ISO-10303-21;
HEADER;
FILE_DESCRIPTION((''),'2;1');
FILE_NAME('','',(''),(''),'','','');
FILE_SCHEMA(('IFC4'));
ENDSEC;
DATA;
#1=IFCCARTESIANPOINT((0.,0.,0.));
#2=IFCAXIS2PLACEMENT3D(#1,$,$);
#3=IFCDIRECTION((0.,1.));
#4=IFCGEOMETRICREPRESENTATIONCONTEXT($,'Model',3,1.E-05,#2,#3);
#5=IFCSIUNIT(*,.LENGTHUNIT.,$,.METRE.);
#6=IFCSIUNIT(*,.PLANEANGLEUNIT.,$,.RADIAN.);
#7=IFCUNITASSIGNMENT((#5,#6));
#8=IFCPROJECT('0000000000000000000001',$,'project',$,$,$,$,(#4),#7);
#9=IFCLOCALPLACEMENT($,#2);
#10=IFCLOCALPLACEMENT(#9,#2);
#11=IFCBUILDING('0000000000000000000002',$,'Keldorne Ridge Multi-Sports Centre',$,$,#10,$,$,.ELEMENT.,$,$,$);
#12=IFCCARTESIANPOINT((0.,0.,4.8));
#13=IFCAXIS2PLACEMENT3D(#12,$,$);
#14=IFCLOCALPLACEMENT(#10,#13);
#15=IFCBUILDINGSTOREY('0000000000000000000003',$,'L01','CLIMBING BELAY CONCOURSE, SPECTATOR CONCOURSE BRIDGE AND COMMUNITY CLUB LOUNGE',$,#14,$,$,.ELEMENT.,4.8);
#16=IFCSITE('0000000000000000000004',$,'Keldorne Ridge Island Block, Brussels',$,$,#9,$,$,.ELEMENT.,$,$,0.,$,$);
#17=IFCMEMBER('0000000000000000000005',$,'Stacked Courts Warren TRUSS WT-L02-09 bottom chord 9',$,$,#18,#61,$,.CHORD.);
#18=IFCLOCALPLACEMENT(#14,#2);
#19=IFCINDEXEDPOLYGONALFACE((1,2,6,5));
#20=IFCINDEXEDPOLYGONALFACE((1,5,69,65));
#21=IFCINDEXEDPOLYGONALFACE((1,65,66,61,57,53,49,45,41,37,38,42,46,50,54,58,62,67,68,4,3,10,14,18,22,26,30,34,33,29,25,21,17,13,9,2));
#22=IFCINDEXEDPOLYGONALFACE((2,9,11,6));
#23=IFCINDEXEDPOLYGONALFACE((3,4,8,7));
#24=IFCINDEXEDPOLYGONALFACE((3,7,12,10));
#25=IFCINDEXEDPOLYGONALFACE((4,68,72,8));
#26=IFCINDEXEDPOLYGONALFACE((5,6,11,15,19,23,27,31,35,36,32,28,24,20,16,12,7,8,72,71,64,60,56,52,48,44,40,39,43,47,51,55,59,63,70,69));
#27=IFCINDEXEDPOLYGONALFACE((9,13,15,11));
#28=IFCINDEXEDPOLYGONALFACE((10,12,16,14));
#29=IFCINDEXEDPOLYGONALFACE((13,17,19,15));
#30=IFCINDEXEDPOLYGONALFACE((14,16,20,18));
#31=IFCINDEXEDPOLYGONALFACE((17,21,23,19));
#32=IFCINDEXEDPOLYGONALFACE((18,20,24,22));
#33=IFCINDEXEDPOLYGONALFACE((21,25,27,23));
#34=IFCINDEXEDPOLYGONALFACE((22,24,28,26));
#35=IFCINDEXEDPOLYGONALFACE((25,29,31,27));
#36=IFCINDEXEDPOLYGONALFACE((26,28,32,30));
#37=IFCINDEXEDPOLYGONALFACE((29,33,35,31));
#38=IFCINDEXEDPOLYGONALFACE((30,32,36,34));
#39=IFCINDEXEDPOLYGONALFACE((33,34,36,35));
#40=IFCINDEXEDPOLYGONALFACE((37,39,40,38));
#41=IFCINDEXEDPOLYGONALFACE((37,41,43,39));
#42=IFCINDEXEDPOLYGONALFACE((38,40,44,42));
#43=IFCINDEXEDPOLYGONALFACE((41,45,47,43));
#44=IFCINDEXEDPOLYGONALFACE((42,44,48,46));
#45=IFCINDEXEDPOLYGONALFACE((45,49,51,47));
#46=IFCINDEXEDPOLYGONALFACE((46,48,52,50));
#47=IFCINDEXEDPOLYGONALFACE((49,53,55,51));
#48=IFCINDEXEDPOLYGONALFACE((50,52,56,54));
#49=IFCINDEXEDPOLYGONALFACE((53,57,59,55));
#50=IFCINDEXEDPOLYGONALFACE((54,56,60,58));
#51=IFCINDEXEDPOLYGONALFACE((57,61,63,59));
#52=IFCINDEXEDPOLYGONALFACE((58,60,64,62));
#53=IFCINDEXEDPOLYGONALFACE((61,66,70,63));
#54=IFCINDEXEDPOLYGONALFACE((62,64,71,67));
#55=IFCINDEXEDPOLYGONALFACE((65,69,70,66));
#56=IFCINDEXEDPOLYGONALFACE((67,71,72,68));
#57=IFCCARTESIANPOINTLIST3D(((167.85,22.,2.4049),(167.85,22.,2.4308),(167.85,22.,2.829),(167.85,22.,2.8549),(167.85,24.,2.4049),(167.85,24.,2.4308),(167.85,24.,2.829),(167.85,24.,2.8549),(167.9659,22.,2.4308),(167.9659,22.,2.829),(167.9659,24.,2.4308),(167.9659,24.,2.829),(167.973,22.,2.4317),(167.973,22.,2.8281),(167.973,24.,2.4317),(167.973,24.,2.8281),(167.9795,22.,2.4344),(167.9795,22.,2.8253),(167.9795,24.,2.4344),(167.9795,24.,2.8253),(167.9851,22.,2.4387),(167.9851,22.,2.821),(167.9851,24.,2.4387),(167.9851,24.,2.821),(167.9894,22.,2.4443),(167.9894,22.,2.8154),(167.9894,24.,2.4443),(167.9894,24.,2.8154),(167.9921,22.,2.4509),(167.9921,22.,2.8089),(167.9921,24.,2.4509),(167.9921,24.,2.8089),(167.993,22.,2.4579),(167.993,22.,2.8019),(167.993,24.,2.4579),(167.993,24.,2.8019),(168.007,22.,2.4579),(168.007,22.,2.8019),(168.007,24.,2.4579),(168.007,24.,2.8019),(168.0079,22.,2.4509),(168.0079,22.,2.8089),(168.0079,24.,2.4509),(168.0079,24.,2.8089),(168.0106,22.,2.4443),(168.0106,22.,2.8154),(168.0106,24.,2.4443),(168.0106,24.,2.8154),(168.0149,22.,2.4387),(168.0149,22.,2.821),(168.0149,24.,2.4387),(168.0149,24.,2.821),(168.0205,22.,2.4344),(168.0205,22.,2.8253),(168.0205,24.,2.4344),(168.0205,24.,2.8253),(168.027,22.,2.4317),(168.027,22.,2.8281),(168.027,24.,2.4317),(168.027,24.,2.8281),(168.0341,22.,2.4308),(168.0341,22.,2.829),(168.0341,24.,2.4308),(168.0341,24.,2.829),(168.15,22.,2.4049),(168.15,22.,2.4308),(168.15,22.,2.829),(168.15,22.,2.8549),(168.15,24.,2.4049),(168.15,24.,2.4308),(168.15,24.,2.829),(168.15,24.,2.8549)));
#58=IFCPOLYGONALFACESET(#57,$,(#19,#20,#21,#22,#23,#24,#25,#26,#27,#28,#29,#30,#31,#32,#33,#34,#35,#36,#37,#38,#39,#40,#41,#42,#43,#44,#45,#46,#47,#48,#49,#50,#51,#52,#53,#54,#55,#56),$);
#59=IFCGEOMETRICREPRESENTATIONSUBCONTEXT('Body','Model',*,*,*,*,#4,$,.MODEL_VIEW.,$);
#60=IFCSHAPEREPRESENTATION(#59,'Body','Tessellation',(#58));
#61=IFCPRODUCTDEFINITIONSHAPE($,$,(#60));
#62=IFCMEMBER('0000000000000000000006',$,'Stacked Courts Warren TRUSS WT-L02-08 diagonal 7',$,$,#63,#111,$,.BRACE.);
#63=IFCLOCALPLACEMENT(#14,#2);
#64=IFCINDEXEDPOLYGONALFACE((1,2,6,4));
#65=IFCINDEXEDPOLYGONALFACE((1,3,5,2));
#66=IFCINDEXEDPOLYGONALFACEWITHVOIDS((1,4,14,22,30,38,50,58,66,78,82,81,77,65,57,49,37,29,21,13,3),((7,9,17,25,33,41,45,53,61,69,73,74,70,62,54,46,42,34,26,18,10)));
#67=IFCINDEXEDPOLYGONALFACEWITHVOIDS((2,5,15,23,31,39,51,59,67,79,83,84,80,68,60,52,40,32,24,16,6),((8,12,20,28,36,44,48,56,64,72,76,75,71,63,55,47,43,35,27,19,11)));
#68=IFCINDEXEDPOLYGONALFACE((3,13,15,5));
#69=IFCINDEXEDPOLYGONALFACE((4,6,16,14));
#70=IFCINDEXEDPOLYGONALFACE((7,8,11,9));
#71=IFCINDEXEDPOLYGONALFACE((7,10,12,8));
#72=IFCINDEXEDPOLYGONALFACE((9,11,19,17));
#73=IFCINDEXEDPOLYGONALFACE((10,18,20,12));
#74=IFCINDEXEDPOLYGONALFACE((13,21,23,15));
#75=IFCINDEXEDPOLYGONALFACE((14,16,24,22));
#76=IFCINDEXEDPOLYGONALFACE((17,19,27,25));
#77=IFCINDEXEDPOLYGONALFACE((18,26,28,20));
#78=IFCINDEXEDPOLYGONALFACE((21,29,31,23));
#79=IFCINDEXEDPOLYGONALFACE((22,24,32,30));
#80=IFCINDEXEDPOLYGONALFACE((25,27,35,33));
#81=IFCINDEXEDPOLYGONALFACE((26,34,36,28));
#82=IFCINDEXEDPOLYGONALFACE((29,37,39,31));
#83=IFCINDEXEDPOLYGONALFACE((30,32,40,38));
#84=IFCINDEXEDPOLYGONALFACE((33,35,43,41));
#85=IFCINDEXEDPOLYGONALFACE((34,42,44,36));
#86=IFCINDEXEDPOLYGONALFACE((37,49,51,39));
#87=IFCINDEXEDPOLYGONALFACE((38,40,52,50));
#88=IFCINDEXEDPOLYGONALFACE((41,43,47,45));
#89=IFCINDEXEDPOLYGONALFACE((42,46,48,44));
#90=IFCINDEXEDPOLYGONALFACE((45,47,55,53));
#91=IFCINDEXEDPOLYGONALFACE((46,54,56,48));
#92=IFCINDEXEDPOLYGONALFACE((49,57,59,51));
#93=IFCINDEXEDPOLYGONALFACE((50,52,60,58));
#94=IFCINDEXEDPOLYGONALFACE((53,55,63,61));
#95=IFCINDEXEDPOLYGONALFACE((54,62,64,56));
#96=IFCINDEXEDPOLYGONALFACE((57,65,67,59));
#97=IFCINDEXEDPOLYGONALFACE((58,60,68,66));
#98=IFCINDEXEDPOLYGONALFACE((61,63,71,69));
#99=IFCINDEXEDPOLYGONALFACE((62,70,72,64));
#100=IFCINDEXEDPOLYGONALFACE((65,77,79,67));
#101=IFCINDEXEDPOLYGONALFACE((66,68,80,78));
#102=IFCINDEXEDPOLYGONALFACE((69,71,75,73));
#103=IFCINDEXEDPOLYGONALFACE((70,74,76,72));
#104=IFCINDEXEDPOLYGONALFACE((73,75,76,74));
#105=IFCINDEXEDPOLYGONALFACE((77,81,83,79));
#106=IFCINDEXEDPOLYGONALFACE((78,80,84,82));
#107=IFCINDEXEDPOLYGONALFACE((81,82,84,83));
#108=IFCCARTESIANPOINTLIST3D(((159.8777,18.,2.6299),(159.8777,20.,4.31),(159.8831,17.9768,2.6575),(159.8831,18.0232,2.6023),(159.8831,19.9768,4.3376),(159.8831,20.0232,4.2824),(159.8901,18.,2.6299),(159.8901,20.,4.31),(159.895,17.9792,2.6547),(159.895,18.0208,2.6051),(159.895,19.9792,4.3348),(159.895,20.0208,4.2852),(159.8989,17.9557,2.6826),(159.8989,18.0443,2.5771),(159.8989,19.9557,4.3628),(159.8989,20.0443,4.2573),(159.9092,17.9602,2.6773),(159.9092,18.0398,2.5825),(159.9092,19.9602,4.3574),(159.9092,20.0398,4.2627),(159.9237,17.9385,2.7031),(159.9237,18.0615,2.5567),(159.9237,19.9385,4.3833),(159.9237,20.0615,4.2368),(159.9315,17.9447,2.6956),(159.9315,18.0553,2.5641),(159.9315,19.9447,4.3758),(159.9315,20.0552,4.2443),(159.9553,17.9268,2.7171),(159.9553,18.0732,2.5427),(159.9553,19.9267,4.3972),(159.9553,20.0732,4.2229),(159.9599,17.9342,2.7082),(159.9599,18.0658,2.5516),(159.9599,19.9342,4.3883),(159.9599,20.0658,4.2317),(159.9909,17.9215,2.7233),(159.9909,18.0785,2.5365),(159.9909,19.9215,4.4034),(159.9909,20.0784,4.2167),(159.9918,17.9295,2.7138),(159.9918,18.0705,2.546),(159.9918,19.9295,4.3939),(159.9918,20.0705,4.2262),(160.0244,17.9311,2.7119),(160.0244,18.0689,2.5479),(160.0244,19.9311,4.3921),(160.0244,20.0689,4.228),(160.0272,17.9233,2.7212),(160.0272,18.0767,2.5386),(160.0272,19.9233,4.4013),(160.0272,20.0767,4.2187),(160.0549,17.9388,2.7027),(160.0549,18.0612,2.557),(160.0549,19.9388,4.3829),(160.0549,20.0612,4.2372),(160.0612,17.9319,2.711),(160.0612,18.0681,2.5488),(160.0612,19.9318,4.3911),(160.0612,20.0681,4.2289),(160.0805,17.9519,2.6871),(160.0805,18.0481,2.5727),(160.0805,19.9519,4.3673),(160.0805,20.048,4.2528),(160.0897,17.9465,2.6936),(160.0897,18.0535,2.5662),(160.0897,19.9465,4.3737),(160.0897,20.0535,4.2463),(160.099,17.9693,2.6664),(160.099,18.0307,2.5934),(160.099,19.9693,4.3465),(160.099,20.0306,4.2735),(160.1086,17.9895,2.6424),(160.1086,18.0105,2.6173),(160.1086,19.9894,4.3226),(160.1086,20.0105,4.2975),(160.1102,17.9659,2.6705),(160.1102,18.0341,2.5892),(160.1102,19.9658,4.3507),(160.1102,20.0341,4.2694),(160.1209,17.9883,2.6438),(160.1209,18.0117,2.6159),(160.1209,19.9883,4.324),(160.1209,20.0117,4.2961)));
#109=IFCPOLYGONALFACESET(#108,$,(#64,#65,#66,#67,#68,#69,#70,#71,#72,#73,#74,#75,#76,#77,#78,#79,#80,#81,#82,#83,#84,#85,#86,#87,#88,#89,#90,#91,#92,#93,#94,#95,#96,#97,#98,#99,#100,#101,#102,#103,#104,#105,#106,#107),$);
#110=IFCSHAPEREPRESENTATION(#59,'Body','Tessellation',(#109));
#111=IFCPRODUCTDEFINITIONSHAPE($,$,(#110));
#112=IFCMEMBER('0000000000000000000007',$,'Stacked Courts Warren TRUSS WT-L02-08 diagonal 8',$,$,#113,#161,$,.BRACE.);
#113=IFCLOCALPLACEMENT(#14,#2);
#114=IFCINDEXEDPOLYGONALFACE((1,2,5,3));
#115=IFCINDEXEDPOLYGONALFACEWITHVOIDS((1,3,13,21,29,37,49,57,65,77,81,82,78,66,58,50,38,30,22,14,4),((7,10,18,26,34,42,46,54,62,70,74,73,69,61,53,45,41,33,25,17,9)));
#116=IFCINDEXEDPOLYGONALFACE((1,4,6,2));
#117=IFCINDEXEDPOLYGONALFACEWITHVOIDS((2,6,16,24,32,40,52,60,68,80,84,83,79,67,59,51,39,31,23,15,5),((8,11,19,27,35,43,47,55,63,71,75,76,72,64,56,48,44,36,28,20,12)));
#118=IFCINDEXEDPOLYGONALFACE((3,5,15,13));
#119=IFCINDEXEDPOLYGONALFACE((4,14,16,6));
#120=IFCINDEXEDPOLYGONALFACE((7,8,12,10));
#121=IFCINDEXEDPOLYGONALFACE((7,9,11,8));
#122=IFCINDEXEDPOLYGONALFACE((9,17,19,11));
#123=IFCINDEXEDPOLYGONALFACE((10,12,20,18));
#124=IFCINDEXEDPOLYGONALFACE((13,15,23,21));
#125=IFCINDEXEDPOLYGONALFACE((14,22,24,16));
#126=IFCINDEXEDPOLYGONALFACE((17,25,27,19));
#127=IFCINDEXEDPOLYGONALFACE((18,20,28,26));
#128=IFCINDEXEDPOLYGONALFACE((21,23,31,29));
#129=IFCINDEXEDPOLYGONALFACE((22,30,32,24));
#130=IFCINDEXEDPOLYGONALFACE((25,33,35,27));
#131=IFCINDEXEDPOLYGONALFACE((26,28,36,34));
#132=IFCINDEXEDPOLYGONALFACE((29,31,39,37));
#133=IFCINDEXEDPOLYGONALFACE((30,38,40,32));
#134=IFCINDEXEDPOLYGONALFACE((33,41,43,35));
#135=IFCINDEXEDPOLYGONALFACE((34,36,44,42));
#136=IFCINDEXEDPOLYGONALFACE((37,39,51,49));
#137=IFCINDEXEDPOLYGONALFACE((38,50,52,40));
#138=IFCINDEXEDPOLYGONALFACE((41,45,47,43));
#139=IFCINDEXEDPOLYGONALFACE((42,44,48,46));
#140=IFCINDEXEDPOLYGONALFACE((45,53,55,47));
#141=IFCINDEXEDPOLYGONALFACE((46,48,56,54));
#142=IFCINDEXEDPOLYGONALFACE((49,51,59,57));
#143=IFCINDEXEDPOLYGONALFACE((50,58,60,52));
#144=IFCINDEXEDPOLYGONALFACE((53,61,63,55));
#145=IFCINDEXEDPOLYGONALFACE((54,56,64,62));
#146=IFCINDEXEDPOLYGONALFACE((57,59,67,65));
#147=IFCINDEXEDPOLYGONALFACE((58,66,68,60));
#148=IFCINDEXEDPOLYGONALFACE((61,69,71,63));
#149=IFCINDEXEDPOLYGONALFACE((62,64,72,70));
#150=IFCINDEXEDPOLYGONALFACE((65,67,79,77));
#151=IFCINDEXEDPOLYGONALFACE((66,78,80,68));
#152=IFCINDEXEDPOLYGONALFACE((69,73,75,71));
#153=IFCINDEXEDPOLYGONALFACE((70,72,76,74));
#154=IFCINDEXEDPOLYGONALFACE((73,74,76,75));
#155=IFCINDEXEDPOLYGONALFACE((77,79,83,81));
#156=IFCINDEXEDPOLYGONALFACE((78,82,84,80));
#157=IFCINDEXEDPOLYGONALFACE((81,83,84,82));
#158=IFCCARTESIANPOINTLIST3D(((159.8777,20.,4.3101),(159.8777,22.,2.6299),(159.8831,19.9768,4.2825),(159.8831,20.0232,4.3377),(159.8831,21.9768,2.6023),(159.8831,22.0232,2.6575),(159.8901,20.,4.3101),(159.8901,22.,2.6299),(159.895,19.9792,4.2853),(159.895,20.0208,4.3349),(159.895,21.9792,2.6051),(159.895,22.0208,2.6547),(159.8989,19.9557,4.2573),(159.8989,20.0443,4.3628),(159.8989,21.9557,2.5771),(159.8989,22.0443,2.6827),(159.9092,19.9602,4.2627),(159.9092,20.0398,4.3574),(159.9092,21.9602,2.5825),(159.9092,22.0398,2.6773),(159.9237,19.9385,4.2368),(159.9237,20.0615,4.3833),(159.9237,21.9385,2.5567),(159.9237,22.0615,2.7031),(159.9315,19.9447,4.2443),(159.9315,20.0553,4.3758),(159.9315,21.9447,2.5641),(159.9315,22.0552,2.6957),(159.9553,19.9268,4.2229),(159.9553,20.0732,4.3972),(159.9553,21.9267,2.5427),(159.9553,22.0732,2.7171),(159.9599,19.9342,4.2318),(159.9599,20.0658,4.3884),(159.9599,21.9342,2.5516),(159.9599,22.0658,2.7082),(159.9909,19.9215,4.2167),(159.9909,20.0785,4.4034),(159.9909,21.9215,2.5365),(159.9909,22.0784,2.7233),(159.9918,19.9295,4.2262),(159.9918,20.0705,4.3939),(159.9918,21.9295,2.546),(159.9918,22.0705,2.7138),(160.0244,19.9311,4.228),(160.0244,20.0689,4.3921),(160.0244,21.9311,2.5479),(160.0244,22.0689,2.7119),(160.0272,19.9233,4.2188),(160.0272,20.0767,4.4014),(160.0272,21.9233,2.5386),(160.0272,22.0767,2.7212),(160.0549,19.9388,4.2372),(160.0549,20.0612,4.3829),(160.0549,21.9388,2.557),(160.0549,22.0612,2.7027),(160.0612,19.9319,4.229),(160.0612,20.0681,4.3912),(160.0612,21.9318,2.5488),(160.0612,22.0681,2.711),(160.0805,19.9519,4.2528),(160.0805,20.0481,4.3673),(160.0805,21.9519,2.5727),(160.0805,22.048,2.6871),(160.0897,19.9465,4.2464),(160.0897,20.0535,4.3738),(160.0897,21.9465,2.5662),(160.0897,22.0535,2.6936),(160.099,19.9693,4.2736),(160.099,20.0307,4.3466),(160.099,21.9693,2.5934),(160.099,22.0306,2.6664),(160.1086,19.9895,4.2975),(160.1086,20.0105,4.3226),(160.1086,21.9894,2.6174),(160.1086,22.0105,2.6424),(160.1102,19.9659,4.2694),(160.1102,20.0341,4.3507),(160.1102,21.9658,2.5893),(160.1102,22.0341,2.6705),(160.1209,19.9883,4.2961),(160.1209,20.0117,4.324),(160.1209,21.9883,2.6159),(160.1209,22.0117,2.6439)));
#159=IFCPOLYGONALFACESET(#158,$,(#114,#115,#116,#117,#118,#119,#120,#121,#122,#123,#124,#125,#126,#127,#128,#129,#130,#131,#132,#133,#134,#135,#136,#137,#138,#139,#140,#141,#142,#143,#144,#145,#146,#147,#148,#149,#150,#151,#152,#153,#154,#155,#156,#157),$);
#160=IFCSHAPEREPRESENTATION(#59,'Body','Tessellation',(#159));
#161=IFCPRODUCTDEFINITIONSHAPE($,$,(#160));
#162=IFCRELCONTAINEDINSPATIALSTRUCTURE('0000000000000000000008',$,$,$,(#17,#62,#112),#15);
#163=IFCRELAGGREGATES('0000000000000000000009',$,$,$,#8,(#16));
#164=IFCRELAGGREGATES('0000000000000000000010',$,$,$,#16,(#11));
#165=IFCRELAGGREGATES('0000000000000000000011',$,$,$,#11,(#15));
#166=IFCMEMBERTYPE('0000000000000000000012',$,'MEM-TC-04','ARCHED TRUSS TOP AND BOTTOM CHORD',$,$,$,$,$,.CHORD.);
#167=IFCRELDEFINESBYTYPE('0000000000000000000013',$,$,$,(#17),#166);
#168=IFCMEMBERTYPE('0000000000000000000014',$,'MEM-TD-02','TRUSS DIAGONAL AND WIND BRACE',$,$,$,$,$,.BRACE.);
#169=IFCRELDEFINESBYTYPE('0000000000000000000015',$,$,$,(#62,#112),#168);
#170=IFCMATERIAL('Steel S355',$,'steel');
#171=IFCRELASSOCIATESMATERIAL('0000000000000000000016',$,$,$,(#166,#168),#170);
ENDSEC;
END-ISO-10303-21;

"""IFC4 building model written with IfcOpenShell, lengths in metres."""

from ifc_helpers import new_model, si_unit, direction, frame, origin, origin_2d, place, context, subcontext, project, spatial, hollow_circle, i_section, extrude, material, material_profile, profile_set, type_object, element, save


model = new_model("IFC4")

# Units and contexts
model_context = context("Model", 3, precision=1e-05, world=origin(), true_north=direction((0.0, 1.0)))
body_context = subcontext(model_context, "Body", "Model", "MODEL_VIEW")
ifc_project = project(units=[si_unit("LENGTHUNIT", "METRE"), si_unit("PLANEANGLEUNIT", "RADIAN")], contexts=[model_context])

# Site, building, storey
site_placement = place(None, origin())
site = spatial("IfcSite", under=ifc_project, at=site_placement, Name="Keldorne Ridge Island Block, Brussels", CompositionType="ELEMENT", RefElevation=0.0)
building_placement = place(site_placement, origin())
building = spatial("IfcBuilding", under=site, at=building_placement, Name="Keldorne Ridge Multi-Sports Centre", CompositionType="ELEMENT")
storey_placement = place(building_placement, frame((0.0, 0.0, 4.8)))
storey = spatial("IfcBuildingStorey", under=building, at=storey_placement, Name="L01", Description="CLIMBING BELAY CONCOURSE, SPECTATOR CONCOURSE BRIDGE AND COMMUNITY CLUB LOUNGE", CompositionType="ELEMENT", Elevation=4.8)

# Shared definitions
ifc_material_1 = material(Name="Steel S355", Category="steel")

# Members
ifc_material_profile_1 = material_profile(ifc_material_1, i_section(OverallWidth=0.3, OverallDepth=0.45, WebThickness=0.0139, FlangeThickness=0.0259, FilletRadius=0.0271, at=origin_2d()), Name="HEB 450")
ifc_profile_set_1 = profile_set([ifc_material_profile_1], Name="Steel S355")
member_type_1 = type_object("IfcMemberType", Name="MEM-TC-04", Description="ARCHED TRUSS TOP AND BOTTOM CHORD", PredefinedType="CHORD", material=ifc_profile_set_1)
for number, where, z_axis, x_axis, name in (
    (1, (168.0, 22.0, 2.6299), (0.0, 1.0, 0.0), (-1.0, 0.0, 0.0), "Stacked Courts Warren TRUSS WT-L02-09 bottom chord 9"),
):
    element("IfcMember", number, at=place(storey_placement, frame(where, z_axis=z_axis, x_axis=x_axis)), inside=storey, type_object=member_type_1, Name=name, PredefinedType="CHORD", context=body_context, shape_type="SweptSolid", body=[
        extrude(i_section(OverallWidth=0.3, OverallDepth=0.45, WebThickness=0.0139, FlangeThickness=0.0259, FilletRadius=0.0271, at=origin_2d()), origin(), (0.0, 0.0, 1.0), 2.0),
    ])
ifc_material_profile_2 = material_profile(ifc_material_1, hollow_circle(Radius=0.1223, WallThickness=0.0125, at=origin_2d()), Name="CHS 244.5x12.5")
ifc_profile_set_2 = profile_set([ifc_material_profile_2], Name="Steel S355")
member_type_2 = type_object("IfcMemberType", Name="MEM-TD-02", Description="TRUSS DIAGONAL AND WIND BRACE", PredefinedType="BRACE", material=ifc_profile_set_2)
for number, where, z_axis, x_axis, name in (
    (2, (160.0, 18.0, 2.6299), (0.0, 0.765672, 0.643232), (-1.0, 0.0, 0.0), "Stacked Courts Warren TRUSS WT-L02-08 diagonal 7"),
    (3, (160.0, 20.0, 4.3101), (0.0, 0.765672, -0.643232), (-1.0, 0.0, 0.0), "Stacked Courts Warren TRUSS WT-L02-08 diagonal 8"),
):
    element("IfcMember", number, at=place(storey_placement, frame(where, z_axis=z_axis, x_axis=x_axis)), inside=storey, type_object=member_type_2, Name=name, PredefinedType="BRACE", context=body_context, shape_type="SweptSolid", body=[
        extrude(hollow_circle(Radius=0.1223, WallThickness=0.0125, at=origin_2d()), origin(), (0.0, 0.0, 1.0), 2.6121),
    ])

save(model, "model.ifc")
